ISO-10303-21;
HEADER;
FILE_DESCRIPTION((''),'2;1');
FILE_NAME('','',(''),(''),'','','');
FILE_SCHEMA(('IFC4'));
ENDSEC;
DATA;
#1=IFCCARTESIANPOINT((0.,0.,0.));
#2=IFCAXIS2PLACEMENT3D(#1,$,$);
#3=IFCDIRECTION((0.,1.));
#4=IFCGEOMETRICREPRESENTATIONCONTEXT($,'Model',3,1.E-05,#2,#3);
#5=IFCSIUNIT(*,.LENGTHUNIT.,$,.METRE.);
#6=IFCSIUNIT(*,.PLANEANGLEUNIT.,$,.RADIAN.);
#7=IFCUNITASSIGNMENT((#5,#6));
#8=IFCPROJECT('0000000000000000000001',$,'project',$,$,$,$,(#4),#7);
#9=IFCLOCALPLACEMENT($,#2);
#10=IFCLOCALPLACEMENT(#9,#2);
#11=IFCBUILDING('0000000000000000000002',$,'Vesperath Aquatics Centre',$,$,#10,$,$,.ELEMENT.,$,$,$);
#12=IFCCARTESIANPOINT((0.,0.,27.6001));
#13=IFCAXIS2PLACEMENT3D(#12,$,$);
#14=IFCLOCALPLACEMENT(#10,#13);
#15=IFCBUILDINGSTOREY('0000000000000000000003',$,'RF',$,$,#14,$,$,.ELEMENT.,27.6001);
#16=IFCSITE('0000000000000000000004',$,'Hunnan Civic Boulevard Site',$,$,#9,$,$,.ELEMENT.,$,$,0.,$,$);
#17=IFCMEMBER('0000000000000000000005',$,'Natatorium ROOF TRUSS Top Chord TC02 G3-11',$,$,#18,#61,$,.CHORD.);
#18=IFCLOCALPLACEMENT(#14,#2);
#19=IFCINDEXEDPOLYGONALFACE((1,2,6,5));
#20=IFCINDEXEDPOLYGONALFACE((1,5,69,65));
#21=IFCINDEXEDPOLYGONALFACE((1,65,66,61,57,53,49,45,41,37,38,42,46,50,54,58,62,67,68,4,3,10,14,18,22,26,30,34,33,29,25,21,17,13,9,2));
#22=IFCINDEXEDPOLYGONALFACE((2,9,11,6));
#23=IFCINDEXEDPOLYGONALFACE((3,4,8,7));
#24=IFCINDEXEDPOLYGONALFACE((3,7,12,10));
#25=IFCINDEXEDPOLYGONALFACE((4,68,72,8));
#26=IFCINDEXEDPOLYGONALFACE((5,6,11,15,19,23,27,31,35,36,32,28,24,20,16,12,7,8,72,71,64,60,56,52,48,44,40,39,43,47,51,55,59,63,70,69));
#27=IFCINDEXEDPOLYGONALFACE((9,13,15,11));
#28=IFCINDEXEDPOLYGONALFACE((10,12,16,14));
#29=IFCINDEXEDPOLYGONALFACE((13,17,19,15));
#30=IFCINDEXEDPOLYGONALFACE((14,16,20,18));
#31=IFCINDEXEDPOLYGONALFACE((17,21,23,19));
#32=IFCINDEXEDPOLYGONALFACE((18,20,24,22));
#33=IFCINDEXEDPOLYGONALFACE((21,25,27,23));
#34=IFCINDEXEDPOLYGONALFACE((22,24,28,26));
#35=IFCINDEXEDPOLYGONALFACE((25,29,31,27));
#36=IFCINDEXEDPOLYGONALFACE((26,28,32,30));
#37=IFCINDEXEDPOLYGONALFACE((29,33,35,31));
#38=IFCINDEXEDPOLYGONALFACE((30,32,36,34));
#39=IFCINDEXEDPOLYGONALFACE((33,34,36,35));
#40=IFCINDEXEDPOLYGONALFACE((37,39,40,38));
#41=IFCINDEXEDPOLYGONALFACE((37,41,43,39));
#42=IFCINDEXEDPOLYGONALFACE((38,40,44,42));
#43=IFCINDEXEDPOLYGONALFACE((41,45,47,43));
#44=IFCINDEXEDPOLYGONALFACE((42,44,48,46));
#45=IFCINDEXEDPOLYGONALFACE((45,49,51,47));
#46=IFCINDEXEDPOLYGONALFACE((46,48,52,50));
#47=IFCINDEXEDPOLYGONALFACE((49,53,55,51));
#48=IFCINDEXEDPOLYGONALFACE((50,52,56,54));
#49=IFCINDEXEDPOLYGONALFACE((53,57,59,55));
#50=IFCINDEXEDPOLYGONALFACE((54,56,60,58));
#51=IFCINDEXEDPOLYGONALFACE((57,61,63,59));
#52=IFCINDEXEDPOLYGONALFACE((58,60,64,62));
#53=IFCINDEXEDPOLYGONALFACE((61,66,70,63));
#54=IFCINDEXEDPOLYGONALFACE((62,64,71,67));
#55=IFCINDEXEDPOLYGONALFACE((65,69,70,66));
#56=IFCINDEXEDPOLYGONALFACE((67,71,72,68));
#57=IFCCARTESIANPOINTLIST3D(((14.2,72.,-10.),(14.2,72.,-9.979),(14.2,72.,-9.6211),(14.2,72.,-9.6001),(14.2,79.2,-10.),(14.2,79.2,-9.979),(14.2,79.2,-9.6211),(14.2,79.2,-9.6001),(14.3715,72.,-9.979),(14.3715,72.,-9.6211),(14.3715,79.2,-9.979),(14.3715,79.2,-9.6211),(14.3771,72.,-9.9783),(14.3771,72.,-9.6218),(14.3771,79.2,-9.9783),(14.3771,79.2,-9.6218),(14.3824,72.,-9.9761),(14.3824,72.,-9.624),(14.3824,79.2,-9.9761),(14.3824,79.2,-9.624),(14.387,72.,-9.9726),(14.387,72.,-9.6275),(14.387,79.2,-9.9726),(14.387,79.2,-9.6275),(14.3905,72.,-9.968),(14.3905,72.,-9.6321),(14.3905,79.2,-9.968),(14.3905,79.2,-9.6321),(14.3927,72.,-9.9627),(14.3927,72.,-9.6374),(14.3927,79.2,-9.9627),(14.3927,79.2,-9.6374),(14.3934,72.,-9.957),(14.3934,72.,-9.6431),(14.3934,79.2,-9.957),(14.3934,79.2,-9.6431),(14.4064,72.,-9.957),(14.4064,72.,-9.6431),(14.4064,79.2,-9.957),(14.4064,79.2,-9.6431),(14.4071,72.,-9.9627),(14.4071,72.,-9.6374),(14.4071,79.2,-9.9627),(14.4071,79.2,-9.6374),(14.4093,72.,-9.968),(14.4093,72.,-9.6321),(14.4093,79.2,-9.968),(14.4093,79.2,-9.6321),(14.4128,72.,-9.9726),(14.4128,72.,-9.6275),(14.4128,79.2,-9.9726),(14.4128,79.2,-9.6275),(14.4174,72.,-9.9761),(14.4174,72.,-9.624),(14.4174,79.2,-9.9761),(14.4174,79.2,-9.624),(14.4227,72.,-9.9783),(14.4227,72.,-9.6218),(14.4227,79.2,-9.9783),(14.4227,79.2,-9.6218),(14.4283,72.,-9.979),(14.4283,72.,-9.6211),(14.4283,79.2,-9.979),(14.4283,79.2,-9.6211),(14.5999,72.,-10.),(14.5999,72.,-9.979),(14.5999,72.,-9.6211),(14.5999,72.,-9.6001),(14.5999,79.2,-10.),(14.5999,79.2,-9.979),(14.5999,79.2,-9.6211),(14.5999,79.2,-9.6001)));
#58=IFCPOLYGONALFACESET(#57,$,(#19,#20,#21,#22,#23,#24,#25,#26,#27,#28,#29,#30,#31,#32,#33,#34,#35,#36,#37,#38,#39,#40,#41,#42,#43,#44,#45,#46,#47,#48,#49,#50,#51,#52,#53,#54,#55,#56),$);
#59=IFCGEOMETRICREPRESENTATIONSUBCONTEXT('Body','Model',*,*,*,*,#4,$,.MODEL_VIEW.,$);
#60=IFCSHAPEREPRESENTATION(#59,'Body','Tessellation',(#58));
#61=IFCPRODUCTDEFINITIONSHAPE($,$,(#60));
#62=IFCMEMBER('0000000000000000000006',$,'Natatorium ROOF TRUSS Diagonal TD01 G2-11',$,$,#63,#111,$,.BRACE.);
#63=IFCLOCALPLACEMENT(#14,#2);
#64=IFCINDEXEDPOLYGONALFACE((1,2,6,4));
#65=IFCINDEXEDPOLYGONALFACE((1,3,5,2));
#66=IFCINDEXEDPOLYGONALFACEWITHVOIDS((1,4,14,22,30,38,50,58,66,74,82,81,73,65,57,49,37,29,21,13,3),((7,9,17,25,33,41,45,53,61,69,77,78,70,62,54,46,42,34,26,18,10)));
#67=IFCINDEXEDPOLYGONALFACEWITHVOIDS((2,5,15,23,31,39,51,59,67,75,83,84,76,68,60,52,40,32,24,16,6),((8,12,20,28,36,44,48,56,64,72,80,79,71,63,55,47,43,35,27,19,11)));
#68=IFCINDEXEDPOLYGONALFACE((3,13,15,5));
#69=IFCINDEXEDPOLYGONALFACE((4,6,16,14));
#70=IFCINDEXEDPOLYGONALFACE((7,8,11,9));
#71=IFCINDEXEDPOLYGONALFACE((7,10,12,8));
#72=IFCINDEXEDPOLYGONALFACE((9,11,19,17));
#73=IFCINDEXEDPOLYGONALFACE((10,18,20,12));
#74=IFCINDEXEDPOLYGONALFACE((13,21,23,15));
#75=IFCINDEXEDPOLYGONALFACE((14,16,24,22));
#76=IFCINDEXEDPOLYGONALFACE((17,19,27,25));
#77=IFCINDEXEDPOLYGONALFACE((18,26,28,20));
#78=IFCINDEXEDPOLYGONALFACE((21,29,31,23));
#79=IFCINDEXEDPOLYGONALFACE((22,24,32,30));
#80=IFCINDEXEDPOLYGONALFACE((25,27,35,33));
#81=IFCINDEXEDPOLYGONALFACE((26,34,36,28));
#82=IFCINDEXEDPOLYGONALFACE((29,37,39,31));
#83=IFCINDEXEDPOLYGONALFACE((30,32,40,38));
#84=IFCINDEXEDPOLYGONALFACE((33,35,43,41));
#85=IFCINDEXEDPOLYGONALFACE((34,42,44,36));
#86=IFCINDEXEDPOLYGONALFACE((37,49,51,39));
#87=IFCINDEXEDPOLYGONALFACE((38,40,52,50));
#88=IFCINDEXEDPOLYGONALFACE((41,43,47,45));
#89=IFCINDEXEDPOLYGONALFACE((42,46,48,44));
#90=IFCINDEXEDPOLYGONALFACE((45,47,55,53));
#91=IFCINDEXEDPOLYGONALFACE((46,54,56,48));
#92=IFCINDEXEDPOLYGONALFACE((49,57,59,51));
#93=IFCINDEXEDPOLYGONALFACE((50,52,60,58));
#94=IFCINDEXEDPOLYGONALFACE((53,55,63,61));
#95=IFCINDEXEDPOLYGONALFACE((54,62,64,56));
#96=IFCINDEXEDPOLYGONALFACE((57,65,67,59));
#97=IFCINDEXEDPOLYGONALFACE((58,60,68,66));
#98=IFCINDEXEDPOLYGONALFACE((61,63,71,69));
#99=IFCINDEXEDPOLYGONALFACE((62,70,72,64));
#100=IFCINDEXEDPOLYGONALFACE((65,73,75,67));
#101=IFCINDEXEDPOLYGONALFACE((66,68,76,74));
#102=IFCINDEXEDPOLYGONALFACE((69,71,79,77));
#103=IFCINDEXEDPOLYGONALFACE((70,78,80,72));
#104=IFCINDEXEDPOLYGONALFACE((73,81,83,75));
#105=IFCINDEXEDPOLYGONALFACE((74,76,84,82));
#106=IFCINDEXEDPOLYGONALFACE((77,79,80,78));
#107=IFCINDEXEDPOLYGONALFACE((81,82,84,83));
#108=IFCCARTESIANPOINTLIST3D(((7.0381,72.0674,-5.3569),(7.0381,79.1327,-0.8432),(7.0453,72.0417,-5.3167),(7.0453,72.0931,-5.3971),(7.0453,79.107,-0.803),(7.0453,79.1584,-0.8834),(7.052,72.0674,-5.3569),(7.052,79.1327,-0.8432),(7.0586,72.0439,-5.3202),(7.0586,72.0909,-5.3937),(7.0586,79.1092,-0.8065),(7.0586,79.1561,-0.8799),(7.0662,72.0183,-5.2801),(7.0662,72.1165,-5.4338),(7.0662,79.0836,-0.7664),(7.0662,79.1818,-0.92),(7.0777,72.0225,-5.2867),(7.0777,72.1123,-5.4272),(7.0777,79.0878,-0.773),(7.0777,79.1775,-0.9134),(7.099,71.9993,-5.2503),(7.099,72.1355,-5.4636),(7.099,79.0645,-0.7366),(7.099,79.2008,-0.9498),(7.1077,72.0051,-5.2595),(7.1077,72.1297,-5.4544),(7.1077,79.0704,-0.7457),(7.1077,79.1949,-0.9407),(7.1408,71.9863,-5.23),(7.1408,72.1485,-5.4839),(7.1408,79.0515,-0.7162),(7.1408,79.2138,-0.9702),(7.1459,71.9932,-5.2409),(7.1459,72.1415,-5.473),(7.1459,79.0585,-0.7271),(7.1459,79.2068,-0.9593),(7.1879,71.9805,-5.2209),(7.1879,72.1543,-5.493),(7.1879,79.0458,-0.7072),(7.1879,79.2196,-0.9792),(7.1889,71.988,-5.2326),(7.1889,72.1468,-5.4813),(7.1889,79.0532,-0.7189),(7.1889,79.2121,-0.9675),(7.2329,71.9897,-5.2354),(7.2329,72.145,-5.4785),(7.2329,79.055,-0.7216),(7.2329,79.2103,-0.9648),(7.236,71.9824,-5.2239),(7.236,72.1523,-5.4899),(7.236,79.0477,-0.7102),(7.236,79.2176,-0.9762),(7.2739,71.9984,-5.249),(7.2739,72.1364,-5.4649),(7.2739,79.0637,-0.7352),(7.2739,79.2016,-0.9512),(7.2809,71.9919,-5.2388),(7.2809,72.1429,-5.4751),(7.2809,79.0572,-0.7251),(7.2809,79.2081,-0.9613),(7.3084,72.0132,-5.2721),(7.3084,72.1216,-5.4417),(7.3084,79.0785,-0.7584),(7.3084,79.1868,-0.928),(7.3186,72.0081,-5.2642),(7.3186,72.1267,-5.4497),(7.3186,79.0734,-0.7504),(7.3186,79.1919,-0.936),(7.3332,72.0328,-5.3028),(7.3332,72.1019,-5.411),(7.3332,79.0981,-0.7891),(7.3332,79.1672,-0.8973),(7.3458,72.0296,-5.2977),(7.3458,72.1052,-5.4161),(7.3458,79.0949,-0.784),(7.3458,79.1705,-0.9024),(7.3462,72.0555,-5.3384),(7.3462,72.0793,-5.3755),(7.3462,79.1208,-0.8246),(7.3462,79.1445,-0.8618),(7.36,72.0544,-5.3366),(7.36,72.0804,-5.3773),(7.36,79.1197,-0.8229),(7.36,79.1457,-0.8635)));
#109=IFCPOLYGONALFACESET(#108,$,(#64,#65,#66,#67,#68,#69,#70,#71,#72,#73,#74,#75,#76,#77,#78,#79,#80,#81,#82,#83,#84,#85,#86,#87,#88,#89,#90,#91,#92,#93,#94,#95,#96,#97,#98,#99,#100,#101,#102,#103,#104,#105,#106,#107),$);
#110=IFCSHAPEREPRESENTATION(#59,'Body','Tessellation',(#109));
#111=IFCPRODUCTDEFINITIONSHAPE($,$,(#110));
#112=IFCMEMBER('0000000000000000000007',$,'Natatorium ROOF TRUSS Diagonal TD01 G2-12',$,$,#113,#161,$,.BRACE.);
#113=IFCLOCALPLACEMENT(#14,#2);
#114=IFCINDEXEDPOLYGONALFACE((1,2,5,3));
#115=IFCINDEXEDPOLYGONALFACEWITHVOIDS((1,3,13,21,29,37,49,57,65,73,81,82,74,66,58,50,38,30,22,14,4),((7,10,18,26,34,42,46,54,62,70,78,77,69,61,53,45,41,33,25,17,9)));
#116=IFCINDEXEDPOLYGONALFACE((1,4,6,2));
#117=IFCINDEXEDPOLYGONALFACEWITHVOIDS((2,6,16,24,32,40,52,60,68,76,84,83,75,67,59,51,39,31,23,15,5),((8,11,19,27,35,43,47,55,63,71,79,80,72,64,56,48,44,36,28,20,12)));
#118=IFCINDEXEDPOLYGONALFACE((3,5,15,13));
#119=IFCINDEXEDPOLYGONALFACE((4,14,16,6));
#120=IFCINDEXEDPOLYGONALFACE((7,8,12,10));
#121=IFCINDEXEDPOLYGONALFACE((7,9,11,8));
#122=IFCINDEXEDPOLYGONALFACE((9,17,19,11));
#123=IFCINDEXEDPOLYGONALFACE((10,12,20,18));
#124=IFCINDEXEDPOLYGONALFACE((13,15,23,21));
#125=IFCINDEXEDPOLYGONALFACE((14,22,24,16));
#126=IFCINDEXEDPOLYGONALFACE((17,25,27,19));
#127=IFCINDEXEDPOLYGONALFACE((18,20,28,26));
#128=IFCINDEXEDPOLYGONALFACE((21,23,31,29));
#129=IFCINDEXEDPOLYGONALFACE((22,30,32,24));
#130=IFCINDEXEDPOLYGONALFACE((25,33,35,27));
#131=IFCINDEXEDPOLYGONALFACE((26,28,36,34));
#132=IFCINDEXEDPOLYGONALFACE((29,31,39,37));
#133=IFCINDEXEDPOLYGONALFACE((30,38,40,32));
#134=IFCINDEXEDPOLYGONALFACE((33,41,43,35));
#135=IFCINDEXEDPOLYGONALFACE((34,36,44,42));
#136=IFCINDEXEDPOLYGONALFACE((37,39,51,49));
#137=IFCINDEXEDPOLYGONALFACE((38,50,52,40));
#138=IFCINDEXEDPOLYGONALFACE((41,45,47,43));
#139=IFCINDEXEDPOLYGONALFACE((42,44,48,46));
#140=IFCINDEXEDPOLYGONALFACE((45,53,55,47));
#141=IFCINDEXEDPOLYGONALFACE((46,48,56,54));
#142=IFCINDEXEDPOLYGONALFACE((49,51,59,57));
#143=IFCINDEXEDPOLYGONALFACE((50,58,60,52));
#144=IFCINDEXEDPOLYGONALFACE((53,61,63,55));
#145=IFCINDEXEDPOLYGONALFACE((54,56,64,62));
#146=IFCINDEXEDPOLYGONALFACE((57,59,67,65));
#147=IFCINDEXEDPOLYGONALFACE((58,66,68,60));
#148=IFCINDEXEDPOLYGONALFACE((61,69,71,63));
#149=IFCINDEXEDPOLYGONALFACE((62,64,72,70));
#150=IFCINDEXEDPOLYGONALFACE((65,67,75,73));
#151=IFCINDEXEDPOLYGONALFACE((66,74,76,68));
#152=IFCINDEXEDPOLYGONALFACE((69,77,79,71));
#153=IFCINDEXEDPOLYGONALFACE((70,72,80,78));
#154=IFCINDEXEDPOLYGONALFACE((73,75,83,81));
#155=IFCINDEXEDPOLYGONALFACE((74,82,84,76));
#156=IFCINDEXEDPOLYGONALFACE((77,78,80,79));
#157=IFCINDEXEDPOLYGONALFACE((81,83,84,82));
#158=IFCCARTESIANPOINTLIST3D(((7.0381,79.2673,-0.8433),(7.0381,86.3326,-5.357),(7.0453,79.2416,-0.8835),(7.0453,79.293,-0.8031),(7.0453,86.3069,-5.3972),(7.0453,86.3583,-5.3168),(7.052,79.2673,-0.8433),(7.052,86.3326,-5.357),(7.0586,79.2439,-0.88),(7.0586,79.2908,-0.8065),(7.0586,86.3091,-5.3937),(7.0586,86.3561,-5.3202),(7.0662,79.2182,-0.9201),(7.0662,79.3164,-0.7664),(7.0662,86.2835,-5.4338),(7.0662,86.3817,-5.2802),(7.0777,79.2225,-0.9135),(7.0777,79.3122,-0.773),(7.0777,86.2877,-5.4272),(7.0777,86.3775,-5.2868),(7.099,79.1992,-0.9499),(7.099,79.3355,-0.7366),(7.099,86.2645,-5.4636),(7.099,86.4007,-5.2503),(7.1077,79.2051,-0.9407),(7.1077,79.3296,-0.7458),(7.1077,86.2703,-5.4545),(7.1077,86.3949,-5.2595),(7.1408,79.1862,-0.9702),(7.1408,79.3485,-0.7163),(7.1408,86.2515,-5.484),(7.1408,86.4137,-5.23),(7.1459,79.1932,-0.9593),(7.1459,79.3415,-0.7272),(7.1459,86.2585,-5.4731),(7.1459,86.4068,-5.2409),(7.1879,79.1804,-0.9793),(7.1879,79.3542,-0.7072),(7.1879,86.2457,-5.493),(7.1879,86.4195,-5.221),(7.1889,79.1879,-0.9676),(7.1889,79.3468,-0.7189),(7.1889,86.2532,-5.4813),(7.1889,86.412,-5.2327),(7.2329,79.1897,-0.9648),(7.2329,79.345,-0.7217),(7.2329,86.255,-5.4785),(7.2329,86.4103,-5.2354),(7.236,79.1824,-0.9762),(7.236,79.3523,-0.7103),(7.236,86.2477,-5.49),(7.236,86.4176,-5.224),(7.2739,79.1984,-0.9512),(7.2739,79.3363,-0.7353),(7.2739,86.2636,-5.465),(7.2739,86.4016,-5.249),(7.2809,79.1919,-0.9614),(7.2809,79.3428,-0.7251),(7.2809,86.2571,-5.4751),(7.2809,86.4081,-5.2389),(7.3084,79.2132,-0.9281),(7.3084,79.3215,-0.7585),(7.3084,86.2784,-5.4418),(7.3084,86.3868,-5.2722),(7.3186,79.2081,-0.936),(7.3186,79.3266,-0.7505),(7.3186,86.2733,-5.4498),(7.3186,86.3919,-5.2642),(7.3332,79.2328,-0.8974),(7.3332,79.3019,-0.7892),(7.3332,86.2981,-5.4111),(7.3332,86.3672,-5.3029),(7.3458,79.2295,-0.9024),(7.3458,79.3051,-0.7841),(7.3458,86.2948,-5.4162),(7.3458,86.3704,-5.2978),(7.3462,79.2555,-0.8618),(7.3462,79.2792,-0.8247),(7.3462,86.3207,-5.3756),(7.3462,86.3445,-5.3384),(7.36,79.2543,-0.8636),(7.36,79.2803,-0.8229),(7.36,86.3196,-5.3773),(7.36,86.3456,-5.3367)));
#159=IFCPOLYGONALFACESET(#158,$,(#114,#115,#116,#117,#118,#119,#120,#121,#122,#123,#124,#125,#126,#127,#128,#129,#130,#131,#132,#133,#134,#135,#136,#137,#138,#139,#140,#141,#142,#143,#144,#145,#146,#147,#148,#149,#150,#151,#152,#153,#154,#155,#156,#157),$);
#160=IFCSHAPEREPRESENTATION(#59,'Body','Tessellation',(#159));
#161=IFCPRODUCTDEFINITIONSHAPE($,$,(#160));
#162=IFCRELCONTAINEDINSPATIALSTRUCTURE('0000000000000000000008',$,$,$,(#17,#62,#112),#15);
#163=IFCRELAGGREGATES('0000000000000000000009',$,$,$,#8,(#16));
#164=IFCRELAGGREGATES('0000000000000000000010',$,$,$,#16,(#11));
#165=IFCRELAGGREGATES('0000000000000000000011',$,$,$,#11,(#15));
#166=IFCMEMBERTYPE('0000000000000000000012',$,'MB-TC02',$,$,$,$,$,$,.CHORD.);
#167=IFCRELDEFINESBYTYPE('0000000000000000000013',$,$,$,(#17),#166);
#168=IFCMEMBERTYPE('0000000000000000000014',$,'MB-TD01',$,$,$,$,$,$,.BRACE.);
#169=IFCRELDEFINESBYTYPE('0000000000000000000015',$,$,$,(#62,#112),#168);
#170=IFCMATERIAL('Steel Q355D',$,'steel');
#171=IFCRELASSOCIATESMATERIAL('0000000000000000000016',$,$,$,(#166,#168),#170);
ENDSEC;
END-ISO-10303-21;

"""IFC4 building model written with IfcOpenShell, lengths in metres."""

from ifc_helpers import new_model, si_unit, direction, frame, origin, origin_2d, place, context, subcontext, project, spatial, hollow_circle, i_section, extrude, material, material_profile, profile_set, type_object, element, save


model = new_model("IFC4")

# Units and contexts
model_context = context("Model", 3, precision=1e-05, world=origin(), true_north=direction((0.0, 1.0)))
body_context = subcontext(model_context, "Body", "Model", "MODEL_VIEW")
ifc_project = project(units=[si_unit("LENGTHUNIT", "METRE"), si_unit("PLANEANGLEUNIT", "RADIAN")], contexts=[model_context])

# Site, building, storey
site_placement = place(None, origin())
site = spatial("IfcSite", under=ifc_project, at=site_placement, Name="Hunnan Civic Boulevard Site", CompositionType="ELEMENT", RefElevation=0.0)
building_placement = place(site_placement, origin())
building = spatial("IfcBuilding", under=site, at=building_placement, Name="Vesperath Aquatics Centre", CompositionType="ELEMENT")
storey_placement = place(building_placement, frame((0.0, 0.0, 27.6001)))
storey = spatial("IfcBuildingStorey", under=building, at=storey_placement, Name="RF", CompositionType="ELEMENT", Elevation=27.6001)

# Members
ifc_material_1 = material(Name="Steel Q355D", Category="steel")
ifc_material_profile_1 = material_profile(ifc_material_1, i_section(OverallWidth=0.3999, OverallDepth=0.3999, WebThickness=0.0129, FlangeThickness=0.021, FilletRadius=0.022, at=origin_2d()), Name="HW 400x400x13x21")
ifc_profile_set_1 = profile_set([ifc_material_profile_1], Name="Steel Q355D")
member_type_1 = type_object("IfcMemberType", Name="MB-TC02", PredefinedType="CHORD", material=ifc_profile_set_1)
for number, where, z_axis, x_axis, name in (
    (1, (14.3999, 72.0, -9.8), (0.0, 1.0, 0.0), (-1.0, 0.0, 0.0), "Natatorium ROOF TRUSS Top Chord TC02 G3-11"),
):
    element("IfcMember", number, at=place(storey_placement, frame(where, z_axis=z_axis, x_axis=x_axis)), inside=storey, type_object=member_type_1, Name=name, PredefinedType="CHORD", context=body_context, shape_type="SweptSolid", body=[
        extrude(i_section(OverallWidth=0.3999, OverallDepth=0.3999, WebThickness=0.0129, FlangeThickness=0.021, FilletRadius=0.022, at=origin_2d()), origin(), (0.0, 0.0, 1.0), 7.2),
    ])
ifc_material_profile_2 = material_profile(ifc_material_1, hollow_circle(Radius=0.1619, WallThickness=0.0139, at=origin_2d()), Name="CHS 323.9x14")
ifc_profile_set_2 = profile_set([ifc_material_profile_2], Name="Steel Q355D")
member_type_2 = type_object("IfcMemberType", Name="MB-TD01", PredefinedType="BRACE", material=ifc_profile_set_2)
for number, where, z_axis, x_axis, name in (
    (2, (7.2, 72.0674, -5.3569), (0.0, 0.842707, 0.538373), (-1.0, 0.0, 0.0), "Natatorium ROOF TRUSS Diagonal TD01 G2-11"),
    (3, (7.2, 79.2673, -0.8433), (0.0, 0.842707, -0.538373), (-1.0, 0.0, 0.0), "Natatorium ROOF TRUSS Diagonal TD01 G2-12"),
):
    element("IfcMember", number, at=place(storey_placement, frame(where, z_axis=z_axis, x_axis=x_axis)), inside=storey, type_object=member_type_2, Name=name, PredefinedType="BRACE", context=body_context, shape_type="SweptSolid", body=[
        extrude(hollow_circle(Radius=0.1619, WallThickness=0.0139, at=origin_2d()), origin(), (0.0, 0.0, 1.0), 8.384),
    ])

save(model, "model.ifc")
